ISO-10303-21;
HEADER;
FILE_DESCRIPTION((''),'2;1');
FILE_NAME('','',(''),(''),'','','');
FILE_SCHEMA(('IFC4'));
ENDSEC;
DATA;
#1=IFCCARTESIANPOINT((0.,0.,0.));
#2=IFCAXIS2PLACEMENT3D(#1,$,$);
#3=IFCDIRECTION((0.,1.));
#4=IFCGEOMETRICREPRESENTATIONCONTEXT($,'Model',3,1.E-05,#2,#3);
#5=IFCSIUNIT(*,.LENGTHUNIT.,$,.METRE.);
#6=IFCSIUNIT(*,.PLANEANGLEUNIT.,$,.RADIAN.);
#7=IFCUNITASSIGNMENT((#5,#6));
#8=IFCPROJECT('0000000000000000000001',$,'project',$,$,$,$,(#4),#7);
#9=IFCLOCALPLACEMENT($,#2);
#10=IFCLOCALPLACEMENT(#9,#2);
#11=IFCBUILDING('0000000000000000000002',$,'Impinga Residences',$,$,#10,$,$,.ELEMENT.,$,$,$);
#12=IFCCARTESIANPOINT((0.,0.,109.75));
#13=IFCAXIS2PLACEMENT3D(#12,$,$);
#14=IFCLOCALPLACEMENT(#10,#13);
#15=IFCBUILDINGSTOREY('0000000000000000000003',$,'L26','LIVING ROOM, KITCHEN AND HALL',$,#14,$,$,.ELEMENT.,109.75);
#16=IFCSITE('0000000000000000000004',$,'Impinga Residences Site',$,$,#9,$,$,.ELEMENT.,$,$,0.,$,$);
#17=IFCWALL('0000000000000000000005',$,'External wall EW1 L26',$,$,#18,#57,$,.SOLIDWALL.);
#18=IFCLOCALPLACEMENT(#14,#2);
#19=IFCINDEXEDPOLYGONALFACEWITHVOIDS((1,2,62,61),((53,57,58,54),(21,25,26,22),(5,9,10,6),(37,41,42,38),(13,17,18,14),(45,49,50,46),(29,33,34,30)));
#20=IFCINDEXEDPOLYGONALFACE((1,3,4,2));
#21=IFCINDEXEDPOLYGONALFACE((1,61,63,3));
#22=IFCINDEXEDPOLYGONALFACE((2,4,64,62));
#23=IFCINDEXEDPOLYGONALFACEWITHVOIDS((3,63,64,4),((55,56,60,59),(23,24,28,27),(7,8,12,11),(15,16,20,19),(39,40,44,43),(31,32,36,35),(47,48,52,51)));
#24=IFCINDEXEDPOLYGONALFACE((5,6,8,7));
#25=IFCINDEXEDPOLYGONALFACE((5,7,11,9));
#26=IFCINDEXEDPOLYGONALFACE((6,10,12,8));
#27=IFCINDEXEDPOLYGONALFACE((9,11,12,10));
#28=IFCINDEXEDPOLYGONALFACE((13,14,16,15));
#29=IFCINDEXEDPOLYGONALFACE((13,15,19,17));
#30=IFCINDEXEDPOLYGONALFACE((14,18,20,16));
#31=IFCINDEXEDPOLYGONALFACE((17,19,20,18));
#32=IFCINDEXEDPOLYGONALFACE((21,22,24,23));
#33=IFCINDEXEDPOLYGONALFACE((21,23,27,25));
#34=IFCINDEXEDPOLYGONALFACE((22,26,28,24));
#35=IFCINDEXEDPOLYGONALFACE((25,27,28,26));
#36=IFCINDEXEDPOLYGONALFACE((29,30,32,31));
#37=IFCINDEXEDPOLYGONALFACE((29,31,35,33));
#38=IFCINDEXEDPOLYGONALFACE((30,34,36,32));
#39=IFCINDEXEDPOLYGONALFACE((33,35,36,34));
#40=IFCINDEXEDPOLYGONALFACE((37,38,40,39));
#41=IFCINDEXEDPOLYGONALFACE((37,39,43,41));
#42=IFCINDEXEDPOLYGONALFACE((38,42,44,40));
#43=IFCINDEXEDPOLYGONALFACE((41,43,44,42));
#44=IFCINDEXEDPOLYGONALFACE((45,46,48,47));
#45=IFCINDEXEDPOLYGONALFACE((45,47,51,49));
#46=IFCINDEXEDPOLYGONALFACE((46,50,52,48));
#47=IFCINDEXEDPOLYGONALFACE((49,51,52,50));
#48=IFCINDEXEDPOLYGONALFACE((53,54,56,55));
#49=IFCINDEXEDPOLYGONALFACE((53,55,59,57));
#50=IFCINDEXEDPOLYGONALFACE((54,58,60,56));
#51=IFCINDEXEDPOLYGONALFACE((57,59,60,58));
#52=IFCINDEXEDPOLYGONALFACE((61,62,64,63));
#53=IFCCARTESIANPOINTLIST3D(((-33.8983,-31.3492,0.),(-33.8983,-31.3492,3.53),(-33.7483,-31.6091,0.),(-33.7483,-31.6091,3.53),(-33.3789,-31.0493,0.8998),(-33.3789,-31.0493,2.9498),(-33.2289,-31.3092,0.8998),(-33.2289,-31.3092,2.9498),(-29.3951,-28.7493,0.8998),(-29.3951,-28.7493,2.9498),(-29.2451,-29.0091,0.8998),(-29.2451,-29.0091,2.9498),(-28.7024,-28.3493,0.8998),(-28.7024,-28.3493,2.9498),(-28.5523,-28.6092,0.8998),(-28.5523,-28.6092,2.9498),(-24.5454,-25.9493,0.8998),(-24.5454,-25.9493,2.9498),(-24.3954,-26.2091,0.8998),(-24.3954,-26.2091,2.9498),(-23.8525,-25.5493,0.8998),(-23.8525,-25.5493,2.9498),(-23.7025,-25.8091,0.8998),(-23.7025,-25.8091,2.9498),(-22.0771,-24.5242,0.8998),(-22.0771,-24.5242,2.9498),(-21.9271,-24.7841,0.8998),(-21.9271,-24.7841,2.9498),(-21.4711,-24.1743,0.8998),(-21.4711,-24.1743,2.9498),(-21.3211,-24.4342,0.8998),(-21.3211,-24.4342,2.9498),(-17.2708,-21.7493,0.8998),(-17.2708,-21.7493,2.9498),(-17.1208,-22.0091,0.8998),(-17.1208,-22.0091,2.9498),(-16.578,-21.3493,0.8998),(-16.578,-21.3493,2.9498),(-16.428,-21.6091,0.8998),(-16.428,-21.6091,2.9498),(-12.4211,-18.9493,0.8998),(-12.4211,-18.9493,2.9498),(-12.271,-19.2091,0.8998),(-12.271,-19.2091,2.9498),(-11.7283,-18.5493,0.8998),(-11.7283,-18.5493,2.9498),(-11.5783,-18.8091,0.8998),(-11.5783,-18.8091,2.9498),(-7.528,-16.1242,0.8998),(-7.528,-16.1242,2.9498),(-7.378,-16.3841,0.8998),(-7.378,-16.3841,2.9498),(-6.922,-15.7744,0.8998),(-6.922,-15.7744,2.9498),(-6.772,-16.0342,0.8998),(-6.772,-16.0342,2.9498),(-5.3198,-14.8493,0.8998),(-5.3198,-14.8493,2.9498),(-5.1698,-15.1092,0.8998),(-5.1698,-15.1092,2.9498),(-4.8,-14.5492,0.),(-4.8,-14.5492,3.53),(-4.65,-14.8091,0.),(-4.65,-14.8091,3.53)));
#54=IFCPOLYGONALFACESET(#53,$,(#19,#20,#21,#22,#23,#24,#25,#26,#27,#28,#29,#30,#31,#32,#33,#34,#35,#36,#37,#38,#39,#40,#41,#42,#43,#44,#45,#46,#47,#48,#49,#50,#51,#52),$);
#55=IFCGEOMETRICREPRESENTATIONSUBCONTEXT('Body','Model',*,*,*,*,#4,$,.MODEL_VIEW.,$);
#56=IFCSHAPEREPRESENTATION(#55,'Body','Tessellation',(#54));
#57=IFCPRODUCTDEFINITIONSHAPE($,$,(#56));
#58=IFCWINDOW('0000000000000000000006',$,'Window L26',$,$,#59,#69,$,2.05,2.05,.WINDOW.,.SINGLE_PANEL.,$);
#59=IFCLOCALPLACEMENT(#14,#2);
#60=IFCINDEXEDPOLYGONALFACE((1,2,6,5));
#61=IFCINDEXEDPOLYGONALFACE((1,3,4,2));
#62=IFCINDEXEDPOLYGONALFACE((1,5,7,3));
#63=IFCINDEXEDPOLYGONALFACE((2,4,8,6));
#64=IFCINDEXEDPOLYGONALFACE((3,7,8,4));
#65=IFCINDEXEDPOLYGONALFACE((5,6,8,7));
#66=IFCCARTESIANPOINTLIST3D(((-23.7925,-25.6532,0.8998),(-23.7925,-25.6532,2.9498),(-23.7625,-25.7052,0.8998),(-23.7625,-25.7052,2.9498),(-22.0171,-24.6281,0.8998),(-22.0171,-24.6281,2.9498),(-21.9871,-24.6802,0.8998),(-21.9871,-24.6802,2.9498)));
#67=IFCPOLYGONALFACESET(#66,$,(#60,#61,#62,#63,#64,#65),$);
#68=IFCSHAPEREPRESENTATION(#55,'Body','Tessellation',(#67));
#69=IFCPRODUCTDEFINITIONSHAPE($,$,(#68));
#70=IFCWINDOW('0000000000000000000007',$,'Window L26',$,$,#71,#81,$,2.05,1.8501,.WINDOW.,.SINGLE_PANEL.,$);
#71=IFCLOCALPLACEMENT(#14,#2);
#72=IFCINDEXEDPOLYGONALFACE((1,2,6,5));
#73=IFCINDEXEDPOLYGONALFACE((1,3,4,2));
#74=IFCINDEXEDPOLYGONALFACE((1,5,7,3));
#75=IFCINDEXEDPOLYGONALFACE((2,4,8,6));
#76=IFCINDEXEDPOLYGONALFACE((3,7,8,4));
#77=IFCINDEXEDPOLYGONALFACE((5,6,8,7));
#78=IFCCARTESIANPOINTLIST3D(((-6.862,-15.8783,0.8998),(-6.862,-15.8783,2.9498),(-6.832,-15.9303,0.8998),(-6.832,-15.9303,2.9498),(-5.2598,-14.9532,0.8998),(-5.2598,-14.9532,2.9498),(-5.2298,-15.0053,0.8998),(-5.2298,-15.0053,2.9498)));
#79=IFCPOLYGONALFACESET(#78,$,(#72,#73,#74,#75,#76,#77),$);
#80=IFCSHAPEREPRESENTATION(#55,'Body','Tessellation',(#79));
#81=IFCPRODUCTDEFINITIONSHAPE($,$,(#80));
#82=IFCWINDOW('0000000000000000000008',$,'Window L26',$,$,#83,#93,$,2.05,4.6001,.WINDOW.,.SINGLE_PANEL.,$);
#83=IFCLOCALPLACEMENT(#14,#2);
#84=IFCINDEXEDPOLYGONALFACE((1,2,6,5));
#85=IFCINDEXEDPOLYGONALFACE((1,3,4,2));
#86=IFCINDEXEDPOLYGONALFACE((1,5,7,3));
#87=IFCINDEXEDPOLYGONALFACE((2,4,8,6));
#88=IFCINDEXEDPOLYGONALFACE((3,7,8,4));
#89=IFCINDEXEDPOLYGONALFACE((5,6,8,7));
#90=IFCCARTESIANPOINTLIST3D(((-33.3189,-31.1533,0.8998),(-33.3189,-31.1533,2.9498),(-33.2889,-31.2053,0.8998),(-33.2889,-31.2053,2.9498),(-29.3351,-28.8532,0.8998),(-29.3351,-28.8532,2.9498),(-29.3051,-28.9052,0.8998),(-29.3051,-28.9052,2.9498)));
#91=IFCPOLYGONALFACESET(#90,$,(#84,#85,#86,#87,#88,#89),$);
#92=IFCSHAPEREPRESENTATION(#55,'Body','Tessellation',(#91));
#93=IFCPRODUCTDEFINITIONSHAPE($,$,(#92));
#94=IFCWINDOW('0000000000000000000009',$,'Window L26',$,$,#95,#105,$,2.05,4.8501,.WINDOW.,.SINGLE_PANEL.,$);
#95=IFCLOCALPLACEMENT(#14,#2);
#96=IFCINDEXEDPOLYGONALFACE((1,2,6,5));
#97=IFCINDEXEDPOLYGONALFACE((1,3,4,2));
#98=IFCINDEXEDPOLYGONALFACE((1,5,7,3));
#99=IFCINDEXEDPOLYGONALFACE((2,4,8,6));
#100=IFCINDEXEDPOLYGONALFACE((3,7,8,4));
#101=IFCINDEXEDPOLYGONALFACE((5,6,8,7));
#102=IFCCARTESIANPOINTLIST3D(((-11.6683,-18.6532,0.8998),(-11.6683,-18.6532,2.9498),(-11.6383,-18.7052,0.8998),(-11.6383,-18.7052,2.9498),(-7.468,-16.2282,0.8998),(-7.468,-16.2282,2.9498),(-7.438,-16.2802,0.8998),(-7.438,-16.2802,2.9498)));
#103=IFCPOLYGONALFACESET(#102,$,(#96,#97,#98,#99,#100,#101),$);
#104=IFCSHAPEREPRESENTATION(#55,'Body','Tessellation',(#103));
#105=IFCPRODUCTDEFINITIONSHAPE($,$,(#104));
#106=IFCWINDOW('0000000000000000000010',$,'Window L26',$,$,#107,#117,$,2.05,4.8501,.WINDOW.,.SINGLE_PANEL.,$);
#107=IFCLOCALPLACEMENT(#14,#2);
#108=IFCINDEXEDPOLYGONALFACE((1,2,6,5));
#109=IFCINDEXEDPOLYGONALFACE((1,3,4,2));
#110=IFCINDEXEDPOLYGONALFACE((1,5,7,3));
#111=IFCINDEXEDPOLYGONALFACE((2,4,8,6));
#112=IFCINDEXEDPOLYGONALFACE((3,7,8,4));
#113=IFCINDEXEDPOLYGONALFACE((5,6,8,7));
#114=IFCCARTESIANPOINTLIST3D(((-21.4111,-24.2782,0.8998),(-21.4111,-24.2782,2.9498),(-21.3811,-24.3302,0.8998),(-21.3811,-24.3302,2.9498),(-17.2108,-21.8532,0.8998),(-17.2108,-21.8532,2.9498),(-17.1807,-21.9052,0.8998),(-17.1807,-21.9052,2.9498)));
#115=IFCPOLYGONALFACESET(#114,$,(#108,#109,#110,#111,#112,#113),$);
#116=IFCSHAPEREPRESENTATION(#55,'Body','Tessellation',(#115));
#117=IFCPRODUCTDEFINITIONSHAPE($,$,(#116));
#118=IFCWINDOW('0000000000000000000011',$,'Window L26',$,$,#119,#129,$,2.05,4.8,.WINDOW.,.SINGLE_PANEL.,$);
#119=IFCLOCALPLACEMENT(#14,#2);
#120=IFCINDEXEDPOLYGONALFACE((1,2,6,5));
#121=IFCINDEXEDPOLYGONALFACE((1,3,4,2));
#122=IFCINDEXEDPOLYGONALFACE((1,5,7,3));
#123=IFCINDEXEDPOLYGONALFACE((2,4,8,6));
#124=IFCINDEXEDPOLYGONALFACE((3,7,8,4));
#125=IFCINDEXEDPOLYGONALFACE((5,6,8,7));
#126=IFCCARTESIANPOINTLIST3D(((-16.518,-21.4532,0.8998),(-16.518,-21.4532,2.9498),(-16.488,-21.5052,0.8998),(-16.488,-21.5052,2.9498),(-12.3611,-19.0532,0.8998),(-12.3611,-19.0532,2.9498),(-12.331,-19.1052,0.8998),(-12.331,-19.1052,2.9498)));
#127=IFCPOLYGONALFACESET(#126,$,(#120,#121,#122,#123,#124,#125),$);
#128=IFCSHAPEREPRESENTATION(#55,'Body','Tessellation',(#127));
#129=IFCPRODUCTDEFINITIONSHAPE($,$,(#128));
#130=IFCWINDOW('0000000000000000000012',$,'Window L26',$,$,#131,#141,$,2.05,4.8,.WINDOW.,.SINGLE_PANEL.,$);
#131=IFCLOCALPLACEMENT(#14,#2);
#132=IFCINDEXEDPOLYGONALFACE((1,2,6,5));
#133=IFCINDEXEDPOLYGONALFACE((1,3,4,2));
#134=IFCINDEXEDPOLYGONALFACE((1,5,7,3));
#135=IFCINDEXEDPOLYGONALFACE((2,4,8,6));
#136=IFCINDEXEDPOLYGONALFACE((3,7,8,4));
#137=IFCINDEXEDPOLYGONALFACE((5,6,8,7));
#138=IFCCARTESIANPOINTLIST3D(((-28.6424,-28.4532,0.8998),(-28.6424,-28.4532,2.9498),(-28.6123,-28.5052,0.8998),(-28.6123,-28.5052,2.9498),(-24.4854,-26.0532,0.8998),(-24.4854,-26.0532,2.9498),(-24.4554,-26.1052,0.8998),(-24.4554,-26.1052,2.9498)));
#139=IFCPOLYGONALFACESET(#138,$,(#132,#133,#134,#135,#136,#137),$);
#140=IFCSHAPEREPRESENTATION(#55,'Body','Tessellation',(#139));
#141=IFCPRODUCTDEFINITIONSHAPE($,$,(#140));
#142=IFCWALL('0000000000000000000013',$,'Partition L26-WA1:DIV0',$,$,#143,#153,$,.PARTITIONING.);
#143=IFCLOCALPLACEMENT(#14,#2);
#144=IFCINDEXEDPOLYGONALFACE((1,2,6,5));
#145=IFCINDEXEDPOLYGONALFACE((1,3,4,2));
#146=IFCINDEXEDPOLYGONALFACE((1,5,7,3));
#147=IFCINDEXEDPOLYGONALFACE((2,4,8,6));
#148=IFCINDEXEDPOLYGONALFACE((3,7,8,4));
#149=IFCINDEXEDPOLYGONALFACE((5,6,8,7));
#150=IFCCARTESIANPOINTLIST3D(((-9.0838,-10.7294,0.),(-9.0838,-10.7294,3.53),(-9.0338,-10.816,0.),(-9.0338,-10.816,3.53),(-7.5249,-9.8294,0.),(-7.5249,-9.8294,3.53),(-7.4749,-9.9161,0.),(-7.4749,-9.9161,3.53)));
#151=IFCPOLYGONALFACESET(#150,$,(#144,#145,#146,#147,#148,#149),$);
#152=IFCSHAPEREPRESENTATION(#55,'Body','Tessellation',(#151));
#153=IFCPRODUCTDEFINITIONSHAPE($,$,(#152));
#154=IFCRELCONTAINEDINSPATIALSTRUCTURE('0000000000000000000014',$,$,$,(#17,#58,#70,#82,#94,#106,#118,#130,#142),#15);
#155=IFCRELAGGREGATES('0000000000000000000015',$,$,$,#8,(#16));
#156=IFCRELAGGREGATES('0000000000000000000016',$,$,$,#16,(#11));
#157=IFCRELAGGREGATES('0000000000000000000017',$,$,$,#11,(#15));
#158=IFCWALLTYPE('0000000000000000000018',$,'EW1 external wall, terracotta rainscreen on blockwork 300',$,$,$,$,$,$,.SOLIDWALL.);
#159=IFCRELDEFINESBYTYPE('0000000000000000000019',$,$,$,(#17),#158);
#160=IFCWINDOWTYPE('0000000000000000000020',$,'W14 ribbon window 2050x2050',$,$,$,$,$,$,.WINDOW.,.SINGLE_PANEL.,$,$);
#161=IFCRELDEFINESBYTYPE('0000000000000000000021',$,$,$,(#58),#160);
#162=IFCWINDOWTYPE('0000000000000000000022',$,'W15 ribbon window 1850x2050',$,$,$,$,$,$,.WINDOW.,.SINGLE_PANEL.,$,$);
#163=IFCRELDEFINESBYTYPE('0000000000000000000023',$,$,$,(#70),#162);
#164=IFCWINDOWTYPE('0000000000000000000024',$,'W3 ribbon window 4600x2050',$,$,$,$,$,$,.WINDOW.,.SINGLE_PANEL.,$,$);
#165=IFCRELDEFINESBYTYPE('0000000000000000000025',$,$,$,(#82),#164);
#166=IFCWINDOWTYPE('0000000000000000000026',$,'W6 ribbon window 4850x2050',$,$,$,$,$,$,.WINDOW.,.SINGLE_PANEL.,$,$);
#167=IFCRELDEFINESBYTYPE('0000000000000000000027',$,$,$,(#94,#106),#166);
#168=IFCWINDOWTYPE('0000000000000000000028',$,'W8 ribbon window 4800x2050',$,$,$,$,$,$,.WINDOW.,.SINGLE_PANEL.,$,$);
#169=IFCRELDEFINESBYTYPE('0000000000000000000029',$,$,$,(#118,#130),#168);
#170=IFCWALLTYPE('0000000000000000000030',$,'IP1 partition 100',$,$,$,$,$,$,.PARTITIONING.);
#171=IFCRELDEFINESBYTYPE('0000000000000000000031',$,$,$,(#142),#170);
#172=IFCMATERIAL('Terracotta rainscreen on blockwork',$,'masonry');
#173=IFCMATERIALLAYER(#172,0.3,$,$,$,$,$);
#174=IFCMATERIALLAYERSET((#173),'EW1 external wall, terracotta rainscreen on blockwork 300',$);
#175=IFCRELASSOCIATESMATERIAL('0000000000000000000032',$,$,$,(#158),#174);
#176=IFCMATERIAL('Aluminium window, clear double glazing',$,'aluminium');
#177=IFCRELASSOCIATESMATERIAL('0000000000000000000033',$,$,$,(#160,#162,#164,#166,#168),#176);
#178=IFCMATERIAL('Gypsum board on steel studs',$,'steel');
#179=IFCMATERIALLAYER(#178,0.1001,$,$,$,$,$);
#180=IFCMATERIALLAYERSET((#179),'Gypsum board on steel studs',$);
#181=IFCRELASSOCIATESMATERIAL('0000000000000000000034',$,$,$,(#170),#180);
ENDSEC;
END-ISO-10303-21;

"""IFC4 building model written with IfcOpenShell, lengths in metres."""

from ifc_helpers import new_model, si_unit, direction, frame, frame_2d, origin, place, context, subcontext, project, spatial, rectangle, extrude, material, layer, layer_set, type_object, element, fill, save


model = new_model("IFC4")

# Units and contexts
model_context = context("Model", 3, precision=1e-05, world=origin(), true_north=direction((0.0, 1.0)))
body_context = subcontext(model_context, "Body", "Model", "MODEL_VIEW")
ifc_project = project(units=[si_unit("LENGTHUNIT", "METRE"), si_unit("PLANEANGLEUNIT", "RADIAN")], contexts=[model_context])

# Site, building, storey
site_placement = place(None, origin())
site = spatial("IfcSite", under=ifc_project, at=site_placement, Name="Impinga Residences Site", CompositionType="ELEMENT", RefElevation=0.0)
building_placement = place(site_placement, origin())
building = spatial("IfcBuilding", under=site, at=building_placement, Name="Impinga Residences", CompositionType="ELEMENT")
storey_placement = place(building_placement, frame((0.0, 0.0, 109.75)))
storey = spatial("IfcBuildingStorey", under=building, at=storey_placement, Name="L26", Description="LIVING ROOM, KITCHEN AND HALL", CompositionType="ELEMENT", Elevation=109.75)

# Shared definitions
ifc_material_1 = material(Name="Terracotta rainscreen on blockwork", Category="masonry")
ifc_layer_1 = layer(ifc_material_1, 0.3)
ifc_layer_set_1 = layer_set([ifc_layer_1], Name="EW1 external wall, terracotta rainscreen on blockwork 300")
wall_type_1 = type_object("IfcWallType", Name="EW1 external wall, terracotta rainscreen on blockwork 300", PredefinedType="SOLIDWALL", material=ifc_layer_set_1)

# Wall, openings, windows
wall_1_placement = place(storey_placement, frame((-4.7251, -14.6792, 0.0), z_axis=(0.0, 0.0, 1.0), x_axis=(-0.866024, -0.500002, 0.0)))
wall_1 = element("IfcWall", 1, at=wall_1_placement, inside=storey, type_object=wall_type_1, Name="External wall EW1 L26", PredefinedType="SOLIDWALL", context=body_context, shape_type="SweptSolid", body=[
    extrude(rectangle(XDim=33.5999, YDim=0.3, at=frame_2d((16.7998, 0.0))), origin(), (0.0, 0.0, 1.0), 3.53),
])
opening_1_placement = place(wall_1_placement, frame((0.6001, 0.0, 0.8999)))
opening_1 = element("IfcOpeningElement", 2, at=opening_1_placement, cuts=wall_1, PredefinedType="OPENING", context=body_context, shape_type="SweptSolid", body=[
    extrude(rectangle(XDim=1.8501, YDim=2.05, at=frame_2d((0.925, 1.0249))), frame((0.0, 0.1599, 0.0), z_axis=(0.0, -1.0, 0.0), x_axis=(1.0, 0.0, 0.0)), (0.0, 0.0, 1.0), 0.3201),
])
opening_2_placement = place(wall_1_placement, frame((3.1499, 0.0, 0.8999)))
opening_2 = element("IfcOpeningElement", 3, at=opening_2_placement, cuts=wall_1, PredefinedType="OPENING", context=body_context, shape_type="SweptSolid", body=[
    extrude(rectangle(XDim=4.8501, YDim=2.05, at=frame_2d((2.425, 1.0249))), frame((0.0, 0.1599, 0.0), z_axis=(0.0, -1.0, 0.0), x_axis=(1.0, 0.0, 0.0)), (0.0, 0.0, 1.0), 0.3201),
])
opening_3_placement = place(wall_1_placement, frame((8.8, 0.0, 0.8999)))
opening_3 = element("IfcOpeningElement", 4, at=opening_3_placement, cuts=wall_1, PredefinedType="OPENING", context=body_context, shape_type="SweptSolid", body=[
    extrude(rectangle(XDim=4.8, YDim=2.05, at=frame_2d((2.3999, 1.0249))), frame((0.0, 0.1599, 0.0), z_axis=(0.0, -1.0, 0.0), x_axis=(1.0, 0.0, 0.0)), (0.0, 0.0, 1.0), 0.3201),
])
opening_4_placement = place(wall_1_placement, frame((14.3999, 0.0, 0.8999)))
opening_4 = element("IfcOpeningElement", 5, at=opening_4_placement, cuts=wall_1, PredefinedType="OPENING", context=body_context, shape_type="SweptSolid", body=[
    extrude(rectangle(XDim=4.8501, YDim=2.05, at=frame_2d((2.425, 1.0249))), frame((0.0, 0.1599, 0.0), z_axis=(0.0, -1.0, 0.0), x_axis=(1.0, 0.0, 0.0)), (0.0, 0.0, 1.0), 0.3201),
])
opening_5_placement = place(wall_1_placement, frame((19.95, 0.0, 0.8999)))
opening_5 = element("IfcOpeningElement", 6, at=opening_5_placement, cuts=wall_1, PredefinedType="OPENING", context=body_context, shape_type="SweptSolid", body=[
    extrude(rectangle(XDim=2.05, YDim=2.05, at=frame_2d((1.0249, 1.0249))), frame((0.0, 0.1599, 0.0), z_axis=(0.0, -1.0, 0.0), x_axis=(1.0, 0.0, 0.0)), (0.0, 0.0, 1.0), 0.3201),
])
opening_6_placement = place(wall_1_placement, frame((22.8, 0.0, 0.8999)))
opening_6 = element("IfcOpeningElement", 7, at=opening_6_placement, cuts=wall_1, PredefinedType="OPENING", context=body_context, shape_type="SweptSolid", body=[
    extrude(rectangle(XDim=4.8, YDim=2.05, at=frame_2d((2.3999, 1.0249))), frame((0.0, 0.1599, 0.0), z_axis=(0.0, -1.0, 0.0), x_axis=(1.0, 0.0, 0.0)), (0.0, 0.0, 1.0), 0.3201),
])
opening_7_placement = place(wall_1_placement, frame((28.3999, 0.0, 0.8999)))
opening_7 = element("IfcOpeningElement", 8, at=opening_7_placement, cuts=wall_1, PredefinedType="OPENING", context=body_context, shape_type="SweptSolid", body=[
    extrude(rectangle(XDim=4.6001, YDim=2.05, at=frame_2d((2.3, 1.0249))), frame((0.0, 0.1599, 0.0), z_axis=(0.0, -1.0, 0.0), x_axis=(1.0, 0.0, 0.0)), (0.0, 0.0, 1.0), 0.3201),
])
ifc_material_2 = material(Name="Aluminium window, clear double glazing", Category="aluminium")
window_type_1 = type_object("IfcWindowType", Name="W14 ribbon window 2050x2050", PartitioningType="SINGLE_PANEL", PredefinedType="WINDOW", material=ifc_material_2)
window_1_placement = place(opening_5_placement, origin())
window_1 = element("IfcWindow", 9, at=window_1_placement, inside=storey, type_object=window_type_1, Name="Window L26", OverallHeight=2.05, OverallWidth=2.05, PartitioningType="SINGLE_PANEL", PredefinedType="WINDOW", context=body_context, shape_type="SweptSolid", body=[
    extrude(rectangle(XDim=2.05, YDim=2.05, at=frame_2d((1.0249, 1.0249))), frame((0.0, 0.03, 0.0), z_axis=(0.0, -1.0, 0.0), x_axis=(1.0, 0.0, 0.0)), (0.0, 0.0, 1.0), 0.0601),
])
fill(opening_5, window_1)
window_type_2 = type_object("IfcWindowType", Name="W15 ribbon window 1850x2050", PartitioningType="SINGLE_PANEL", PredefinedType="WINDOW", material=ifc_material_2)
window_2_placement = place(opening_1_placement, origin())
window_2 = element("IfcWindow", 10, at=window_2_placement, inside=storey, type_object=window_type_2, Name="Window L26", OverallHeight=2.05, OverallWidth=1.8501, PartitioningType="SINGLE_PANEL", PredefinedType="WINDOW", context=body_context, shape_type="SweptSolid", body=[
    extrude(rectangle(XDim=1.8501, YDim=2.05, at=frame_2d((0.925, 1.0249))), frame((0.0, 0.03, 0.0), z_axis=(0.0, -1.0, 0.0), x_axis=(1.0, 0.0, 0.0)), (0.0, 0.0, 1.0), 0.0601),
])
fill(opening_1, window_2)
window_type_3 = type_object("IfcWindowType", Name="W3 ribbon window 4600x2050", PartitioningType="SINGLE_PANEL", PredefinedType="WINDOW", material=ifc_material_2)
window_3_placement = place(opening_7_placement, origin())
window_3 = element("IfcWindow", 11, at=window_3_placement, inside=storey, type_object=window_type_3, Name="Window L26", OverallHeight=2.05, OverallWidth=4.6001, PartitioningType="SINGLE_PANEL", PredefinedType="WINDOW", context=body_context, shape_type="SweptSolid", body=[
    extrude(rectangle(XDim=4.6001, YDim=2.05, at=frame_2d((2.3, 1.0249))), frame((0.0, 0.03, 0.0), z_axis=(0.0, -1.0, 0.0), x_axis=(1.0, 0.0, 0.0)), (0.0, 0.0, 1.0), 0.0601),
])
fill(opening_7, window_3)
window_type_4 = type_object("IfcWindowType", Name="W6 ribbon window 4850x2050", PartitioningType="SINGLE_PANEL", PredefinedType="WINDOW", material=ifc_material_2)
window_4_placement = place(opening_2_placement, origin())
window_4 = element("IfcWindow", 12, at=window_4_placement, inside=storey, type_object=window_type_4, Name="Window L26", OverallHeight=2.05, OverallWidth=4.8501, PartitioningType="SINGLE_PANEL", PredefinedType="WINDOW", context=body_context, shape_type="SweptSolid", body=[
    extrude(rectangle(XDim=4.8501, YDim=2.05, at=frame_2d((2.425, 1.0249))), frame((0.0, 0.03, 0.0), z_axis=(0.0, -1.0, 0.0), x_axis=(1.0, 0.0, 0.0)), (0.0, 0.0, 1.0), 0.0601),
])
fill(opening_2, window_4)
window_5_placement = place(opening_4_placement, origin())
window_5 = element("IfcWindow", 13, at=window_5_placement, inside=storey, type_object=window_type_4, Name="Window L26", OverallHeight=2.05, OverallWidth=4.8501, PartitioningType="SINGLE_PANEL", PredefinedType="WINDOW", context=body_context, shape_type="SweptSolid", body=[
    extrude(rectangle(XDim=4.8501, YDim=2.05, at=frame_2d((2.425, 1.0249))), frame((0.0, 0.03, 0.0), z_axis=(0.0, -1.0, 0.0), x_axis=(1.0, 0.0, 0.0)), (0.0, 0.0, 1.0), 0.0601),
])
fill(opening_4, window_5)
window_type_5 = type_object("IfcWindowType", Name="W8 ribbon window 4800x2050", PartitioningType="SINGLE_PANEL", PredefinedType="WINDOW", material=ifc_material_2)
window_6_placement = place(opening_3_placement, origin())
window_6 = element("IfcWindow", 14, at=window_6_placement, inside=storey, type_object=window_type_5, Name="Window L26", OverallHeight=2.05, OverallWidth=4.8, PartitioningType="SINGLE_PANEL", PredefinedType="WINDOW", context=body_context, shape_type="SweptSolid", body=[
    extrude(rectangle(XDim=4.8, YDim=2.05, at=frame_2d((2.3999, 1.0249))), frame((0.0, 0.03, 0.0), z_axis=(0.0, -1.0, 0.0), x_axis=(1.0, 0.0, 0.0)), (0.0, 0.0, 1.0), 0.0601),
])
fill(opening_3, window_6)
window_7_placement = place(opening_6_placement, origin())
window_7 = element("IfcWindow", 15, at=window_7_placement, inside=storey, type_object=window_type_5, Name="Window L26", OverallHeight=2.05, OverallWidth=4.8, PartitioningType="SINGLE_PANEL", PredefinedType="WINDOW", context=body_context, shape_type="SweptSolid", body=[
    extrude(rectangle(XDim=4.8, YDim=2.05, at=frame_2d((2.3999, 1.0249))), frame((0.0, 0.03, 0.0), z_axis=(0.0, -1.0, 0.0), x_axis=(1.0, 0.0, 0.0)), (0.0, 0.0, 1.0), 0.0601),
])
fill(opening_6, window_7)

# Wall
ifc_material_3 = material(Name="Gypsum board on steel studs", Category="steel")
ifc_layer_2 = layer(ifc_material_3, 0.1001)
ifc_layer_set_2 = layer_set([ifc_layer_2], Name="Gypsum board on steel studs")
wall_type_2 = type_object("IfcWallType", Name="IP1 partition 100", PredefinedType="PARTITIONING", material=ifc_layer_set_2)
wall_2_placement = place(storey_placement, frame((-7.5, -9.8728, 0.0), z_axis=(0.0, 0.0, 1.0), x_axis=(-0.866048, -0.499961, 0.0)))
element("IfcWall", 16, at=wall_2_placement, inside=storey, type_object=wall_type_2, Name="Partition L26-WA1:DIV0", PredefinedType="PARTITIONING", context=body_context, shape_type="SweptSolid", body=[
    extrude(rectangle(XDim=1.8, YDim=0.1001, at=frame_2d((0.8999, 0.0))), origin(), (0.0, 0.0, 1.0), 3.53),
])

save(model, "model.ifc")
